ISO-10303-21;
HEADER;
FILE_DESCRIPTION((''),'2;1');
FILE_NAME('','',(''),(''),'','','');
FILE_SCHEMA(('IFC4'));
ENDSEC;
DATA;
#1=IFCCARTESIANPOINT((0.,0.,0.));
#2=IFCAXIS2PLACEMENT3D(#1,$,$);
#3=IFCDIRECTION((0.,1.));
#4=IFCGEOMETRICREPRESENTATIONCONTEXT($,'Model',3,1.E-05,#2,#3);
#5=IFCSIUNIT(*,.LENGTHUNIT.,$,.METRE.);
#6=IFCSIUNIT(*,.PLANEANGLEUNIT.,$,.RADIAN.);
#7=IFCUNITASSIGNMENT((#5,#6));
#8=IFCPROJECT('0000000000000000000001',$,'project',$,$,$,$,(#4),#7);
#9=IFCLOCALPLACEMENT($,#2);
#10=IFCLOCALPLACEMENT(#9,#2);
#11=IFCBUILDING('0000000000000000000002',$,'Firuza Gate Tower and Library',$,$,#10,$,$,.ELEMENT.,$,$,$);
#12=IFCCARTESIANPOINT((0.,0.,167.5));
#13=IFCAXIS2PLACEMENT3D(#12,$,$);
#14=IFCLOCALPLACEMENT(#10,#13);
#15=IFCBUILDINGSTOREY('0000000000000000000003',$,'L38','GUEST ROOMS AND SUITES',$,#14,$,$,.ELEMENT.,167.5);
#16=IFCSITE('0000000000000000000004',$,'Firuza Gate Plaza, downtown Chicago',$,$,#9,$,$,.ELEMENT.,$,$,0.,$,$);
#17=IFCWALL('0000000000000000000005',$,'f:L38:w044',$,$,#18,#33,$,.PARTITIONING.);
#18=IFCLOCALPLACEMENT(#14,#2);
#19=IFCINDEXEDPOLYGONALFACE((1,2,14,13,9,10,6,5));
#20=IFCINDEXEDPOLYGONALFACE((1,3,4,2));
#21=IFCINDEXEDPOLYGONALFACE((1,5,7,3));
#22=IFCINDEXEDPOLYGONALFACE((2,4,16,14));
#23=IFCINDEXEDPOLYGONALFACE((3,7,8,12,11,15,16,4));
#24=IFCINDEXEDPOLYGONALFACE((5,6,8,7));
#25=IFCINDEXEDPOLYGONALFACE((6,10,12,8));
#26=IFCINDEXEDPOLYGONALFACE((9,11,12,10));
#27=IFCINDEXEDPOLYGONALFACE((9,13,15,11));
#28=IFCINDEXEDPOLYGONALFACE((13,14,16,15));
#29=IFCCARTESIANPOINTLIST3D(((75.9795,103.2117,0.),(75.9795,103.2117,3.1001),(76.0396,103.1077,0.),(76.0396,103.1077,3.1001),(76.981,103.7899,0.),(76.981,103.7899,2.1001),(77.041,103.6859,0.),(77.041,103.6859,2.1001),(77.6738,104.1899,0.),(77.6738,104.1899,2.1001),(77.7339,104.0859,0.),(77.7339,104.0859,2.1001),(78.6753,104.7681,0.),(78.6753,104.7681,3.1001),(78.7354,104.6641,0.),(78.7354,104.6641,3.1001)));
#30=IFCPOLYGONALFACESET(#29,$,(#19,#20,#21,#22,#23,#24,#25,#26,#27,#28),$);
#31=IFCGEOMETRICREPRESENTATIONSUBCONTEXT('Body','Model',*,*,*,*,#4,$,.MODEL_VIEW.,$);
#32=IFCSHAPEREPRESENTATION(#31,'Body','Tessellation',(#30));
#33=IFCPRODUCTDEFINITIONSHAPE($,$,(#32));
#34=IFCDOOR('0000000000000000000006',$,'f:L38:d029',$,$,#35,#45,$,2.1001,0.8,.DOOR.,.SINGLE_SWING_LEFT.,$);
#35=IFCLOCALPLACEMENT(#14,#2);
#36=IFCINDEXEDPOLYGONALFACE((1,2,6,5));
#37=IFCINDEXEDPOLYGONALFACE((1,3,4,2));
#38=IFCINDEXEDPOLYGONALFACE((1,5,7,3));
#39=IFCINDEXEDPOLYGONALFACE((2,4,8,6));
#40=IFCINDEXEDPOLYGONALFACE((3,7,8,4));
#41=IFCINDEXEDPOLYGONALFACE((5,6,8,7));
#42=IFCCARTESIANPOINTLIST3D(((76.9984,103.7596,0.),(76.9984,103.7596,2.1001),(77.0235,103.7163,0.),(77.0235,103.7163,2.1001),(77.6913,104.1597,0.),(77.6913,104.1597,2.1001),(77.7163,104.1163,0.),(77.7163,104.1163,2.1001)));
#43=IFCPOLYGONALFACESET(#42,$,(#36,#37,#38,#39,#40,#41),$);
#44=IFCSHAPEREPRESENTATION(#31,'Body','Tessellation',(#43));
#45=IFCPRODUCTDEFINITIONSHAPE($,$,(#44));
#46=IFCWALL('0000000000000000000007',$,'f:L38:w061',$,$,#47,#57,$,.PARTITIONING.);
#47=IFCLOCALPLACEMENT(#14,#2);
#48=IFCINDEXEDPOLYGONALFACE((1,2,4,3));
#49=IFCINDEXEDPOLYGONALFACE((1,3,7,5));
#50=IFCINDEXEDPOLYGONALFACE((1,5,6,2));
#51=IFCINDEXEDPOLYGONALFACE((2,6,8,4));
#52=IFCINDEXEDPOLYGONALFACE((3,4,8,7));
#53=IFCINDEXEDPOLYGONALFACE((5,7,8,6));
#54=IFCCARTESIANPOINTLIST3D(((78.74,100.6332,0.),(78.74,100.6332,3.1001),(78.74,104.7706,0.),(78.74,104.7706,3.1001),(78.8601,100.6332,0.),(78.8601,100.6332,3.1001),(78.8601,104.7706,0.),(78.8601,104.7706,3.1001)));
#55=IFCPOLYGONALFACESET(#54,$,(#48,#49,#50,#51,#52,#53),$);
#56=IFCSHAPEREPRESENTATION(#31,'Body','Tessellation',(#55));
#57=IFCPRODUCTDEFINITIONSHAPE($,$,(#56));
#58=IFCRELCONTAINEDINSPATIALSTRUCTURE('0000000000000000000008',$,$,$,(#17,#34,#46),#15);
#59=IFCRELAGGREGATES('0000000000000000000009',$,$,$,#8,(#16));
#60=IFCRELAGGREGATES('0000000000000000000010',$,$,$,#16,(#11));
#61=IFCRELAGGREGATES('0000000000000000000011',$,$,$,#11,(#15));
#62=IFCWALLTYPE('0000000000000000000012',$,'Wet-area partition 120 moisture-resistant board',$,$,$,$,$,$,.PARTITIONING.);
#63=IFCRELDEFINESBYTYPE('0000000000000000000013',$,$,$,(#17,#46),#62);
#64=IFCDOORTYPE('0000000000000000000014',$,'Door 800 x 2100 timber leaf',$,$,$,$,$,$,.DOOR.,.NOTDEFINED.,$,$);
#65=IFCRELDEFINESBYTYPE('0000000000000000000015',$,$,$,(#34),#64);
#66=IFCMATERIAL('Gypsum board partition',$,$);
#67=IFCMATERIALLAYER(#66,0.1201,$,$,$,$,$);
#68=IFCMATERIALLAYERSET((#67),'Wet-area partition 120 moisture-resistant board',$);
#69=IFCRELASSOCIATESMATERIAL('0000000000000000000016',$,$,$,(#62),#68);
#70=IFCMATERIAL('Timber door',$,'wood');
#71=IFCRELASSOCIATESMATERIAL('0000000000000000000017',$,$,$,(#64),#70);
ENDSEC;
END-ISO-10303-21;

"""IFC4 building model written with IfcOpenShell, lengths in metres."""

from ifc_helpers import new_model, si_unit, direction, frame, frame_2d, origin, place, context, subcontext, project, spatial, rectangle, extrude, material, layer, layer_set, type_object, element, fill, save


model = new_model("IFC4")

# Units and contexts
model_context = context("Model", 3, precision=1e-05, world=origin(), true_north=direction((0.0, 1.0)))
body_context = subcontext(model_context, "Body", "Model", "MODEL_VIEW")
ifc_project = project(units=[si_unit("LENGTHUNIT", "METRE"), si_unit("PLANEANGLEUNIT", "RADIAN")], contexts=[model_context])

# Site, building, storey
site_placement = place(None, origin())
site = spatial("IfcSite", under=ifc_project, at=site_placement, Name="Firuza Gate Plaza, downtown Chicago", CompositionType="ELEMENT", RefElevation=0.0)
building_placement = place(site_placement, origin())
building = spatial("IfcBuilding", under=site, at=building_placement, Name="Firuza Gate Tower and Library", CompositionType="ELEMENT")
storey_placement = place(building_placement, frame((0.0, 0.0, 167.5)))
storey = spatial("IfcBuildingStorey", under=building, at=storey_placement, Name="L38", Description="GUEST ROOMS AND SUITES", CompositionType="ELEMENT", Elevation=167.5)

# Wall, opening, door
ifc_material_1 = material(Name="Gypsum board partition")
ifc_layer_1 = layer(ifc_material_1, 0.1201)
ifc_layer_set_1 = layer_set([ifc_layer_1], Name="Wet-area partition 120 moisture-resistant board")
wall_type_1 = type_object("IfcWallType", Name="Wet-area partition 120 moisture-resistant board", PredefinedType="PARTITIONING", material=ifc_layer_set_1)
ifc_material_2 = material(Name="Timber door", Category="wood")
door_type_1 = type_object("IfcDoorType", Name="Door 800 x 2100 timber leaf", OperationType="NOTDEFINED", PredefinedType="DOOR", material=ifc_material_2)
wall_1_placement = place(storey_placement, frame((78.7053, 104.7161, 0.0), z_axis=(0.0, 0.0, 1.0), x_axis=(-0.866029, -0.499994, 0.0)))
wall_1 = element("IfcWall", 1, at=wall_1_placement, inside=storey, type_object=wall_type_1, Name="f:L38:w044", PredefinedType="PARTITIONING", context=body_context, shape_type="SweptSolid", body=[
    extrude(rectangle(XDim=3.1128, YDim=0.1201, at=frame_2d((1.5564, 0.0))), origin(), (0.0, 0.0, 1.0), 3.1001),
])
opening_1_placement = place(wall_1_placement, frame((1.1565, 0.0, 0.0)))
opening_1 = element("IfcOpeningElement", 2, at=opening_1_placement, cuts=wall_1, PredefinedType="OPENING", context=body_context, shape_type="SweptSolid", body=[
    extrude(rectangle(XDim=0.8, YDim=2.1001, at=frame_2d((0.3999, 1.05))), frame((0.0, 0.0701, 0.0), z_axis=(0.0, -1.0, 0.0), x_axis=(1.0, 0.0, 0.0)), (0.0, 0.0, 1.0), 0.1401),
])
door_1_placement = place(opening_1_placement, origin())
door_1 = element("IfcDoor", 3, at=door_1_placement, inside=storey, type_object=door_type_1, Name="f:L38:d029", OperationType="SINGLE_SWING_LEFT", OverallHeight=2.1001, OverallWidth=0.8, PredefinedType="DOOR", context=body_context, shape_type="SweptSolid", body=[
    extrude(rectangle(XDim=0.8, YDim=2.1001, at=frame_2d((0.3999, 1.05))), frame((0.0, 0.0249, 0.0), z_axis=(0.0, -1.0, 0.0), x_axis=(1.0, 0.0, 0.0)), (0.0, 0.0, 1.0), 0.05),
])
fill(opening_1, door_1)

# Wall
wall_2_placement = place(storey_placement, frame((78.8, 100.6331, 0.0), z_axis=(0.0, 0.0, 1.0), x_axis=(0.0, 1.0, 0.0)))
element("IfcWall", 4, at=wall_2_placement, inside=storey, type_object=wall_type_1, Name="f:L38:w061", PredefinedType="PARTITIONING", context=body_context, shape_type="SweptSolid", body=[
    extrude(rectangle(XDim=4.1375, YDim=0.1201, at=frame_2d((2.0688, 0.0))), origin(), (0.0, 0.0, 1.0), 3.1001),
])

save(model, "model.ifc")
